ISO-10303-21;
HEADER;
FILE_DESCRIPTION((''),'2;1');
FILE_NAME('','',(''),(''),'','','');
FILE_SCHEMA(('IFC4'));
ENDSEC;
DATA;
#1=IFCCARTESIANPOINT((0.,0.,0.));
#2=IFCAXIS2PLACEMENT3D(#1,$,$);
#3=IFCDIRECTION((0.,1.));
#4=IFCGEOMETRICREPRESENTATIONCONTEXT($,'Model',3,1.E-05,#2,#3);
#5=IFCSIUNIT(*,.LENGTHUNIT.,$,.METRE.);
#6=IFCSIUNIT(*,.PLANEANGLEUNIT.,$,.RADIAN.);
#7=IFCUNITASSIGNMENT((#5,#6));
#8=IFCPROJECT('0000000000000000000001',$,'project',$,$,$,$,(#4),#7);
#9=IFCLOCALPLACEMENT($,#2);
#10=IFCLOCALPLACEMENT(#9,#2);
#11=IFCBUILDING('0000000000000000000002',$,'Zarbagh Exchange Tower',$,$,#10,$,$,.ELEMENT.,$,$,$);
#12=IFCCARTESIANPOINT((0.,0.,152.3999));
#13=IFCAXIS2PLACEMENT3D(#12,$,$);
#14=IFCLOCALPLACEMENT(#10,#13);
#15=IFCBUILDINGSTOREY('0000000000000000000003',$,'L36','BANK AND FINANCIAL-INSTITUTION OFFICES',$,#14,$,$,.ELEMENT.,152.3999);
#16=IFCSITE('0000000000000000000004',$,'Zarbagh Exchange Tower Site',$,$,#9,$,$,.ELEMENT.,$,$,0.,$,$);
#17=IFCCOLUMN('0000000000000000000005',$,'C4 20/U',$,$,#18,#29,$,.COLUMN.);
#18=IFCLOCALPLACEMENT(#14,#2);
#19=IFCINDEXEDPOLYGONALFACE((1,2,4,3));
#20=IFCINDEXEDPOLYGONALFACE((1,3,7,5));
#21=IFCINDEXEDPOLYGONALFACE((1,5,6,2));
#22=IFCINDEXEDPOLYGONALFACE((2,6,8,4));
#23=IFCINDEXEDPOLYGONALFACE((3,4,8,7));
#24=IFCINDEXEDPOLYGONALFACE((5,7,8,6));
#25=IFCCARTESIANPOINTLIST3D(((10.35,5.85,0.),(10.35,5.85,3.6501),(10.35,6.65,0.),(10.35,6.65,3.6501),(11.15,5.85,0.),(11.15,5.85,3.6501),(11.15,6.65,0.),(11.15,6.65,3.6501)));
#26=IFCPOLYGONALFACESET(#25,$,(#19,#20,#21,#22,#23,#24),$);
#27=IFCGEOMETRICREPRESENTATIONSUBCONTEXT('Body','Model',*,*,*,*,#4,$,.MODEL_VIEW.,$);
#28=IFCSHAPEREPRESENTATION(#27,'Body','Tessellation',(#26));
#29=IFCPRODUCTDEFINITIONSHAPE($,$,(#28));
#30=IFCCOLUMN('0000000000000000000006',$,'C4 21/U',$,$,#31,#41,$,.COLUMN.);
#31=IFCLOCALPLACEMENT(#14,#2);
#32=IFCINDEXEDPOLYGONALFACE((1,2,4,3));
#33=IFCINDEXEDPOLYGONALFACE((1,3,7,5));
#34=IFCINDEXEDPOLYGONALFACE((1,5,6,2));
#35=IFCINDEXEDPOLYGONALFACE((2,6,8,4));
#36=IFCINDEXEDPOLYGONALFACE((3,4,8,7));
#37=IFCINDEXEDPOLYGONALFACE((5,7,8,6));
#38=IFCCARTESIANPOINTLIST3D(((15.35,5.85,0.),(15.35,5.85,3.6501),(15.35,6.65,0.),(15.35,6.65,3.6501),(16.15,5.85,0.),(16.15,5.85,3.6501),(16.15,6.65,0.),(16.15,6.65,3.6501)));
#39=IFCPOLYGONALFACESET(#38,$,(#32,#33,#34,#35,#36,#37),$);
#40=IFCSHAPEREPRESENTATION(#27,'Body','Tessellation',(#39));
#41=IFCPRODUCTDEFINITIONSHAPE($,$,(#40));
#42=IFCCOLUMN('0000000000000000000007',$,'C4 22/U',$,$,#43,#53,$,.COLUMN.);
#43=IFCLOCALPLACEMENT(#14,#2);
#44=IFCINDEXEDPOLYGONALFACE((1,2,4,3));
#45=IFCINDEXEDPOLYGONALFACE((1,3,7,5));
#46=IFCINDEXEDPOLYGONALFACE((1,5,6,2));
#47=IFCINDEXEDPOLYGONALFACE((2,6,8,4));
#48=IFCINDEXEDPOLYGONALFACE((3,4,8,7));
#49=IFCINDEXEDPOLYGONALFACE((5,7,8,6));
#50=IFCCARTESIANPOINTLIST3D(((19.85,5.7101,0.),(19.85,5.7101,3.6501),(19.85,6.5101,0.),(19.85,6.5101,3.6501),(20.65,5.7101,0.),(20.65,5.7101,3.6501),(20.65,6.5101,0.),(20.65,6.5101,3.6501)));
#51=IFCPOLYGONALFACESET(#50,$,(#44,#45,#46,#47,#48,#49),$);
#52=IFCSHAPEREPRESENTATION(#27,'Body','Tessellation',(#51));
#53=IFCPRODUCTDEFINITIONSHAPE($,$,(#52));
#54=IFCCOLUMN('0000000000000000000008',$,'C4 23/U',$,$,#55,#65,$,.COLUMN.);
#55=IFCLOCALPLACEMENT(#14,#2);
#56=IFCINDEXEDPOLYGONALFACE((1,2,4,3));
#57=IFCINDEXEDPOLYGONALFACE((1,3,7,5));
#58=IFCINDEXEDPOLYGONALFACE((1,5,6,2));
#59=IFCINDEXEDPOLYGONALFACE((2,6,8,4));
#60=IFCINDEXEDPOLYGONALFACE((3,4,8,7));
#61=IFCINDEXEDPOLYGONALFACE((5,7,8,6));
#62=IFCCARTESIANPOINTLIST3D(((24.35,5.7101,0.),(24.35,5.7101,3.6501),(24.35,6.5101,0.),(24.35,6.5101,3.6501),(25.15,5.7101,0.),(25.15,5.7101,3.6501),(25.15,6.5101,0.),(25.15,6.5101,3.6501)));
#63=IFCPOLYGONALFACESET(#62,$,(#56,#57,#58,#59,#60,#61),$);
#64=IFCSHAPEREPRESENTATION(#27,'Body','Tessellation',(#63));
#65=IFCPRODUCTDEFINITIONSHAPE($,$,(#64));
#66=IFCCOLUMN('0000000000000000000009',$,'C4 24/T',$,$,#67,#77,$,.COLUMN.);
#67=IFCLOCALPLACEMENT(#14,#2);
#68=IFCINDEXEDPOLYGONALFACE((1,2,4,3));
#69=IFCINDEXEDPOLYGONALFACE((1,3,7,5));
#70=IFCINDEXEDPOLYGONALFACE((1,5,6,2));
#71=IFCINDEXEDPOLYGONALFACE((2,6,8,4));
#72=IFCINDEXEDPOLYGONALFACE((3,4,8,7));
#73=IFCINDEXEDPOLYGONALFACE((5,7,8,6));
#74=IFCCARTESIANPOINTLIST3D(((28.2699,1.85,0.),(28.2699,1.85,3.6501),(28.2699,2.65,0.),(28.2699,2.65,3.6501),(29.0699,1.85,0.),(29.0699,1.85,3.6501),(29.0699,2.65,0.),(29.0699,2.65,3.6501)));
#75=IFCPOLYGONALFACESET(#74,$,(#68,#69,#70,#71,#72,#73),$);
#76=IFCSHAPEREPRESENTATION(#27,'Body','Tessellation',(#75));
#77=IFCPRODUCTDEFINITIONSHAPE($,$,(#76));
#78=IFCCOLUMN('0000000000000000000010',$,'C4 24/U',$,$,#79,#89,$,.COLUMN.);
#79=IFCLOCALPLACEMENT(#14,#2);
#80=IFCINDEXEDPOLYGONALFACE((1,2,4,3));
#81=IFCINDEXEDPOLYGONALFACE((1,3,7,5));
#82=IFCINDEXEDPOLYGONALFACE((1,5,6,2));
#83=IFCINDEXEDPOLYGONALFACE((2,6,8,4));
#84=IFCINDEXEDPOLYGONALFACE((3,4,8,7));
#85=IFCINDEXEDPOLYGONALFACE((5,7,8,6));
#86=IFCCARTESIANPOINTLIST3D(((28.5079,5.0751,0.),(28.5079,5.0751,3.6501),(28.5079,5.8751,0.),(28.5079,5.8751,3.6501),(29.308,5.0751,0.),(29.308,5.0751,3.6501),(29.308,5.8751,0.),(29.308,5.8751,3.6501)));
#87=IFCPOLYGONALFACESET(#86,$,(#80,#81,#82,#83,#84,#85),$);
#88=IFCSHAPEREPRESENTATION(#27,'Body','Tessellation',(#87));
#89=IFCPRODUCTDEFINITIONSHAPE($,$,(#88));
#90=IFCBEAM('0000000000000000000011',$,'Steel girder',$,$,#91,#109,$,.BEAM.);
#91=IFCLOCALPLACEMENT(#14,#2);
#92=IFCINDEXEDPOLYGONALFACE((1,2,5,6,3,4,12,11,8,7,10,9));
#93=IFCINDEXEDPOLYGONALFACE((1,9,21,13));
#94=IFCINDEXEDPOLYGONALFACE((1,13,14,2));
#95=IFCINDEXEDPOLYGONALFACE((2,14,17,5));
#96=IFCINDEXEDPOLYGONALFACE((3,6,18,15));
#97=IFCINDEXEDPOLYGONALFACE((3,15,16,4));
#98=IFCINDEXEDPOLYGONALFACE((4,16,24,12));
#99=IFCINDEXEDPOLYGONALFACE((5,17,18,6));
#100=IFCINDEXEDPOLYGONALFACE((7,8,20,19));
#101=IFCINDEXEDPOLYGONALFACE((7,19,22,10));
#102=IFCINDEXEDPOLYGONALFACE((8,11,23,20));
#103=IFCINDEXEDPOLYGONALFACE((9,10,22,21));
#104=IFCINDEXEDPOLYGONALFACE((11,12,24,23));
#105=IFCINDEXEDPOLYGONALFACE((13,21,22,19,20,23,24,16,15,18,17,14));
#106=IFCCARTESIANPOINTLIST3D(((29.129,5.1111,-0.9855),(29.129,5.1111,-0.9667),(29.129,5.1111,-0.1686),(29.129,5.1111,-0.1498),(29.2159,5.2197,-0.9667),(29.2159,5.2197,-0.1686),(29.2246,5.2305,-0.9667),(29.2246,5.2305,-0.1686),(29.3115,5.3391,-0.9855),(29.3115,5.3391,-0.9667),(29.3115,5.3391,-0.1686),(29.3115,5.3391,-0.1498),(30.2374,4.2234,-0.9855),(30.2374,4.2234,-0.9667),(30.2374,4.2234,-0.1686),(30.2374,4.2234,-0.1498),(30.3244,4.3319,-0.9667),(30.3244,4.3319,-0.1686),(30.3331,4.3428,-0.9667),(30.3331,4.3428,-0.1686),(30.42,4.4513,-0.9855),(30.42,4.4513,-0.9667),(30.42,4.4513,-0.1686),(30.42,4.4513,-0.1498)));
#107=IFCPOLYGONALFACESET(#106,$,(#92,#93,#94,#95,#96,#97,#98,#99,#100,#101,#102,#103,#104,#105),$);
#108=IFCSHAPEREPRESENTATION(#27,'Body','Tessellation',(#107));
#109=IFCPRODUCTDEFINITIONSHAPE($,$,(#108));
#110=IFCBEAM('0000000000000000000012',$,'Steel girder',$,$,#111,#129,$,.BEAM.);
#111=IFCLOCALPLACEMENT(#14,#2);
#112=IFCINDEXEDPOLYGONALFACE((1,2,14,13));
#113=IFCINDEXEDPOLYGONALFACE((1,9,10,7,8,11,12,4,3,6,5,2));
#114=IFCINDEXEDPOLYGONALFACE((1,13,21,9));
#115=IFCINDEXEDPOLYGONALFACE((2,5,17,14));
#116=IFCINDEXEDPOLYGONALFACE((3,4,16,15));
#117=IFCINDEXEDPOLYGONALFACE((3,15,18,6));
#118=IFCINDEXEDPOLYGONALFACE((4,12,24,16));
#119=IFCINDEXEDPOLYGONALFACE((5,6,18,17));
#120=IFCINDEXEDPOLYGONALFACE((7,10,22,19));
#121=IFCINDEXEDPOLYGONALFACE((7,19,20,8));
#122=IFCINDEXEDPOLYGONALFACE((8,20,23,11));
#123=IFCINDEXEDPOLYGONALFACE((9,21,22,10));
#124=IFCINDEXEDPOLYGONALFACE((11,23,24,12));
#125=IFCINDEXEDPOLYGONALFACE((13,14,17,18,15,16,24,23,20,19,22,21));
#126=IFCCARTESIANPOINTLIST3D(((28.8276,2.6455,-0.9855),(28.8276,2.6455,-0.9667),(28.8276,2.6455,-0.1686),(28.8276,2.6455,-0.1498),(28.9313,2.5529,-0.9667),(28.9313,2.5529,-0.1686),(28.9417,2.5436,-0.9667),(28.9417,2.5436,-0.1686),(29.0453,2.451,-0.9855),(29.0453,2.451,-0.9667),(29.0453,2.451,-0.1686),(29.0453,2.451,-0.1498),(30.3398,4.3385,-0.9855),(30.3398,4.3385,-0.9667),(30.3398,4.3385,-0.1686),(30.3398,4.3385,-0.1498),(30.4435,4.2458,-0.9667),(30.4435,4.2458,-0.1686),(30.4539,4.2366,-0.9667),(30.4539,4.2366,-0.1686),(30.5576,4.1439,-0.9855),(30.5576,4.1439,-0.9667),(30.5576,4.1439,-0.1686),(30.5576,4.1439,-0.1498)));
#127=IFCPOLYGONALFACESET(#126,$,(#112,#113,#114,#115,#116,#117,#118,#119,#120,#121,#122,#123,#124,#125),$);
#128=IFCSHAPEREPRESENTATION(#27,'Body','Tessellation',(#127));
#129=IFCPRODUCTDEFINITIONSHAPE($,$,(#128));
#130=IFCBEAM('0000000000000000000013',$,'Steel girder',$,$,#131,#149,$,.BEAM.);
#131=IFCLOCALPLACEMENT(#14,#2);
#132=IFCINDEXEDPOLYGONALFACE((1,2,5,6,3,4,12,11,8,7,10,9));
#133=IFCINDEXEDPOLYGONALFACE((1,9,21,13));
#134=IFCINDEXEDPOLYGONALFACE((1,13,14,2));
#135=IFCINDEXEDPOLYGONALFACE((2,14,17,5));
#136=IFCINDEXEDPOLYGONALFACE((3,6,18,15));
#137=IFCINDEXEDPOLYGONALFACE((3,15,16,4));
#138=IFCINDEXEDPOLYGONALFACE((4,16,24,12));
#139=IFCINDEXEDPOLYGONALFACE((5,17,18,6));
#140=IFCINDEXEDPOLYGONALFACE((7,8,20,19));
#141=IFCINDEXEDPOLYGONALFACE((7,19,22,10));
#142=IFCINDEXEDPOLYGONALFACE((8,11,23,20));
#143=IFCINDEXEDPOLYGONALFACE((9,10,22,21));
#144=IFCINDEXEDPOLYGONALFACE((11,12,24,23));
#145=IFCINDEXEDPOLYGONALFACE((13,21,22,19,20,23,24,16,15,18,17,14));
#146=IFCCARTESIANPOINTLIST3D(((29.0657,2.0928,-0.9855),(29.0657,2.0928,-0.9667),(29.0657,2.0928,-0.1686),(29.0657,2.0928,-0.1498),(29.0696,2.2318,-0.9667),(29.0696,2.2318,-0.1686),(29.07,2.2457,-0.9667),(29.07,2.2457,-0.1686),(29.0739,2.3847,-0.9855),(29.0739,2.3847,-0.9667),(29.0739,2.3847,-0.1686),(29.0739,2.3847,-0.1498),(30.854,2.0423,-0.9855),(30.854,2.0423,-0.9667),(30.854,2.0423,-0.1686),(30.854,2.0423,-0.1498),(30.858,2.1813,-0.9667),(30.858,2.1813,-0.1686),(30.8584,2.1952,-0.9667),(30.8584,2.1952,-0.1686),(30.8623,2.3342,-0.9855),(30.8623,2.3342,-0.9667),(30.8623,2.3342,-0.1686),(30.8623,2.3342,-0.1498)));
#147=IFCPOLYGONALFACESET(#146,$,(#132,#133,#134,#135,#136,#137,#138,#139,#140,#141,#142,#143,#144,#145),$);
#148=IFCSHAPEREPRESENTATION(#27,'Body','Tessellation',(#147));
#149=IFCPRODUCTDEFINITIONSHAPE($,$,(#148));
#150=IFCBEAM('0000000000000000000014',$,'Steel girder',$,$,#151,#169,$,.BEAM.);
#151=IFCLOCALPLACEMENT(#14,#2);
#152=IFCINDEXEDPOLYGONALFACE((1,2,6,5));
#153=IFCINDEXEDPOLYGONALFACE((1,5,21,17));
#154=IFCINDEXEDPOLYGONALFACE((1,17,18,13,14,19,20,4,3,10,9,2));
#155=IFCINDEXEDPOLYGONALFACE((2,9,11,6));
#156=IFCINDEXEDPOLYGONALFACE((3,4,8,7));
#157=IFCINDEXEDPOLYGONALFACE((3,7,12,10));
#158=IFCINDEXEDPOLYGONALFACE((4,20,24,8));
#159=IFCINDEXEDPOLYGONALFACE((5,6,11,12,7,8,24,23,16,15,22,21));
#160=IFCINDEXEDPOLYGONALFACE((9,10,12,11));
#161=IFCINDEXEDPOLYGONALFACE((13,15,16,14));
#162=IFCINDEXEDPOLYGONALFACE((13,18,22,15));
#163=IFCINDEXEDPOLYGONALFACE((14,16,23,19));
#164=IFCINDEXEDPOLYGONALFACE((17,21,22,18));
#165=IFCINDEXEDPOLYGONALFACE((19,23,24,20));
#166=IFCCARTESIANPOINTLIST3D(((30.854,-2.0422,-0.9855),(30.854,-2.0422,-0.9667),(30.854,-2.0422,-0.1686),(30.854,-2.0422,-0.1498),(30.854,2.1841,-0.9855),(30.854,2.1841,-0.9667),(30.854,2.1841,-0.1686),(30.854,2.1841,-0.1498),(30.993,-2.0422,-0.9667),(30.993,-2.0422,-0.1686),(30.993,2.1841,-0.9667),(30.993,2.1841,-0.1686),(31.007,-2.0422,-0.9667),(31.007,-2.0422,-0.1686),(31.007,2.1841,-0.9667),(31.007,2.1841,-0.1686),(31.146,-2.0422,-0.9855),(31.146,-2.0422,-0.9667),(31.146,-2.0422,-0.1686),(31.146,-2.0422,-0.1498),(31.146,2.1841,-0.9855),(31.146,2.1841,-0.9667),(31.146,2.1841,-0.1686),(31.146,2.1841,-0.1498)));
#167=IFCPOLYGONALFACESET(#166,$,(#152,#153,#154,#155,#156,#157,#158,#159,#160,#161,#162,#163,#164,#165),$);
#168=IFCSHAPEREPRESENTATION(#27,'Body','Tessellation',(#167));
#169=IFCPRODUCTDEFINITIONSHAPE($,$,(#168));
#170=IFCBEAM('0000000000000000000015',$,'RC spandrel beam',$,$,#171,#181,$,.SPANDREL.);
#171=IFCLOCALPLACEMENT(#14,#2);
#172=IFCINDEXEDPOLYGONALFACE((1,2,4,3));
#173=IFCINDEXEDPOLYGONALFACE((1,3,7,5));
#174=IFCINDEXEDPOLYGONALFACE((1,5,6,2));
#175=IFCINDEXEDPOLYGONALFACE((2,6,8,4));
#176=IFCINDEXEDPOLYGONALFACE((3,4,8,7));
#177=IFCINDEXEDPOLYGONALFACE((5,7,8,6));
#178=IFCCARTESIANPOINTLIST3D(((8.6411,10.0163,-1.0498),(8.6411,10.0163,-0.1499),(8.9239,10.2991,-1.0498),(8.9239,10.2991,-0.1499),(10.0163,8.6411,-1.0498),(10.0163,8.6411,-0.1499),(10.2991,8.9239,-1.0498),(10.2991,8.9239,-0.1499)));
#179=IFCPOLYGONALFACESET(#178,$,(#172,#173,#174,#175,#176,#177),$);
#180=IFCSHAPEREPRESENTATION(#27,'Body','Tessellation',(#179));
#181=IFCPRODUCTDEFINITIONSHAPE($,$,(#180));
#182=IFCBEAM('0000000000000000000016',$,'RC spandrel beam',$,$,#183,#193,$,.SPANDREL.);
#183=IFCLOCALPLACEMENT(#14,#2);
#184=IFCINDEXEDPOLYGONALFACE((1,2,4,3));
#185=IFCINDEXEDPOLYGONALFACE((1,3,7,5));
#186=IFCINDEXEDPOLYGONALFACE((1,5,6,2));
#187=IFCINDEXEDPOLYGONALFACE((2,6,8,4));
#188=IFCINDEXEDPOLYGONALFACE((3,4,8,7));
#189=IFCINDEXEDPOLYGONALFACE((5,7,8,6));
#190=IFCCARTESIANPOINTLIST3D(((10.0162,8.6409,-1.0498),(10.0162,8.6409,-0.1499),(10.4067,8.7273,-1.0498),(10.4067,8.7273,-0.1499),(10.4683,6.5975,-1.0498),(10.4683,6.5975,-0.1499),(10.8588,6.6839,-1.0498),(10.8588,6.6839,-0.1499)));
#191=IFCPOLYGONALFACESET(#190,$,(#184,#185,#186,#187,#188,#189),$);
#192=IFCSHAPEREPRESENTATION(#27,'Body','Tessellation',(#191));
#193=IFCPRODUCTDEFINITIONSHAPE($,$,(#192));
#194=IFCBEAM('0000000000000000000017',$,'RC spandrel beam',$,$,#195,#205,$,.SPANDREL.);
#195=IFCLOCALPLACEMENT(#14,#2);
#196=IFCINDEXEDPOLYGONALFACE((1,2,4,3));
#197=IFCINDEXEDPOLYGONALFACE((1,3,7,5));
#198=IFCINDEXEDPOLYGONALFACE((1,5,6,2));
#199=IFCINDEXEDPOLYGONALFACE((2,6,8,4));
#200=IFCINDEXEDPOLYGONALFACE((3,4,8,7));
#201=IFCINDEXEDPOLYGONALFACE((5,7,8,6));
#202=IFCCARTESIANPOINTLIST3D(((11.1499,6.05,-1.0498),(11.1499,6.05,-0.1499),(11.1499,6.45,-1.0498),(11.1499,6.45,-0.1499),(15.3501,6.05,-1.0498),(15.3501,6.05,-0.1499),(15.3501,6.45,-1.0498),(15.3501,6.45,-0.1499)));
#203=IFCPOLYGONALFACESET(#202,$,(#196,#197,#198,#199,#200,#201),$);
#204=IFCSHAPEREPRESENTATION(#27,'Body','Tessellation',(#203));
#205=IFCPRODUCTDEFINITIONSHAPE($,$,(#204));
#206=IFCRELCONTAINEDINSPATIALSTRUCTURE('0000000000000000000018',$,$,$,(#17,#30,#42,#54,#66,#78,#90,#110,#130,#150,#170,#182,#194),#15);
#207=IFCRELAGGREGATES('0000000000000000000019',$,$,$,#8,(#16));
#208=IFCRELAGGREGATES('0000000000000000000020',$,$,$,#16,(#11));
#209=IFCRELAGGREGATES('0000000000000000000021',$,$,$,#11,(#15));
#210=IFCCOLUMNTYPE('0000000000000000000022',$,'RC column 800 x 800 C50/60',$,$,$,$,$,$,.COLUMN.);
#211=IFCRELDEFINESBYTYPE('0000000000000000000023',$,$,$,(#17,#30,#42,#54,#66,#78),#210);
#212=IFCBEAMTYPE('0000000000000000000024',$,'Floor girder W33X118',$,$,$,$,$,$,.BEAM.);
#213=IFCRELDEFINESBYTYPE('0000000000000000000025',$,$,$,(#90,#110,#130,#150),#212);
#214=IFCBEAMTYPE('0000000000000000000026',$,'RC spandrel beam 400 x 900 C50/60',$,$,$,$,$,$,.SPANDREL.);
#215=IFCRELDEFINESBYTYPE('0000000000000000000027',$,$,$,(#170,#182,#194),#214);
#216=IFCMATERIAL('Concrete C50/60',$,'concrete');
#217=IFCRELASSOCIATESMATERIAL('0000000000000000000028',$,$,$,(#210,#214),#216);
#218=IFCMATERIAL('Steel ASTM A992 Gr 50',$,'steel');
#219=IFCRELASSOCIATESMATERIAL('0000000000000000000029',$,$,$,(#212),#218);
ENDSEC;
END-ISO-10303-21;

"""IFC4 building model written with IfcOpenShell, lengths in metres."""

from ifc_helpers import new_model, si_unit, direction, frame, origin, origin_2d, place, context, subcontext, project, spatial, rectangle, i_section, extrude, material, material_profile, profile_set, type_object, element, save


model = new_model("IFC4")

# Units and contexts
model_context = context("Model", 3, precision=1e-05, world=origin(), true_north=direction((0.0, 1.0)))
body_context = subcontext(model_context, "Body", "Model", "MODEL_VIEW")
ifc_project = project(units=[si_unit("LENGTHUNIT", "METRE"), si_unit("PLANEANGLEUNIT", "RADIAN")], contexts=[model_context])

# Site, building, storey
site_placement = place(None, origin())
site = spatial("IfcSite", under=ifc_project, at=site_placement, Name="Zarbagh Exchange Tower Site", CompositionType="ELEMENT", RefElevation=0.0)
building_placement = place(site_placement, origin())
building = spatial("IfcBuilding", under=site, at=building_placement, Name="Zarbagh Exchange Tower", CompositionType="ELEMENT")
storey_placement = place(building_placement, frame((0.0, 0.0, 152.3999)))
storey = spatial("IfcBuildingStorey", under=building, at=storey_placement, Name="L36", Description="BANK AND FINANCIAL-INSTITUTION OFFICES", CompositionType="ELEMENT", Elevation=152.3999)

# Columns
ifc_material_1 = material(Name="Concrete C50/60", Category="concrete")
ifc_material_profile_1 = material_profile(ifc_material_1, rectangle(XDim=0.8, YDim=0.8, at=origin_2d()), Name="RC column 800 x 800 C50/60")
ifc_profile_set_1 = profile_set([ifc_material_profile_1], Name="Concrete C50/60")
column_type = type_object("IfcColumnType", Name="RC column 800 x 800 C50/60", PredefinedType="COLUMN", material=ifc_profile_set_1)
for number, where, z_axis, x_axis, name in (
    (1, (10.75, 6.25, 0.0), (0.0, 0.0, 1.0), (1.0, 0.0, 0.0), "C4 20/U"),
    (2, (15.75, 6.25, 0.0), (0.0, 0.0, 1.0), (1.0, 0.0, 0.0), "C4 21/U"),
    (3, (20.25, 6.1101, 0.0), (0.0, 0.0, 1.0), (1.0, 0.0, 0.0), "C4 22/U"),
    (4, (24.75, 6.1101, 0.0), (0.0, 0.0, 1.0), (1.0, 0.0, 0.0), "C4 23/U"),
    (5, (28.6699, 2.25, 0.0), (0.0, 0.0, 1.0), (1.0, 0.0, 0.0), "C4 24/T"),
    (6, (28.908, 5.4751, 0.0), (0.0, 0.0, 1.0), (1.0, 0.0, 0.0), "C4 24/U"),
):
    element("IfcColumn", number, at=place(storey_placement, frame(where, z_axis=z_axis, x_axis=x_axis)), inside=storey, type_object=column_type, Name=name, PredefinedType="COLUMN", context=body_context, shape_type="SweptSolid", body=[
        extrude(rectangle(XDim=0.8, YDim=0.8, at=origin_2d()), origin(), (0.0, 0.0, 1.0), 3.6501),
    ])

# Beams
ifc_material_2 = material(Name="Steel ASTM A992 Gr 50", Category="steel")
ifc_material_profile_2 = material_profile(ifc_material_2, i_section(OverallWidth=0.292, OverallDepth=0.8357, WebThickness=0.0139, FlangeThickness=0.0188, at=origin_2d()), Name="W33X118")
ifc_profile_set_2 = profile_set([ifc_material_profile_2], Name="Steel ASTM A992 Gr 50")
beam_type_1 = type_object("IfcBeamType", Name="Floor girder W33X118", PredefinedType="BEAM", material=ifc_profile_set_2)
beam_1_placement = place(storey_placement, frame((29.2202, 5.2251, -0.5676), z_axis=(0.780533, -0.625114, 0.0), x_axis=(0.625114, 0.780533, 0.0)))
element("IfcBeam", 7, at=beam_1_placement, inside=storey, type_object=beam_type_1, Name="Steel girder", PredefinedType="BEAM", context=body_context, shape_type="SweptSolid", body=[
    extrude(i_section(OverallWidth=0.292, OverallDepth=0.8357, WebThickness=0.0139, FlangeThickness=0.0188, at=origin_2d()), origin(), (0.0, 0.0, 1.0), 1.4202),
])
beam_2_placement = place(storey_placement, frame((30.4487, 4.2412, -0.5676), z_axis=(-0.666191, -0.745781, 0.0), x_axis=(0.745781, -0.666191, 0.0)))
element("IfcBeam", 8, at=beam_2_placement, inside=storey, type_object=beam_type_1, Name="Steel girder", PredefinedType="BEAM", context=body_context, shape_type="SweptSolid", body=[
    extrude(i_section(OverallWidth=0.292, OverallDepth=0.8357, WebThickness=0.0139, FlangeThickness=0.0188, at=origin_2d()), origin(), (0.0, 0.0, 1.0), 2.27),
])
beam_3_placement = place(storey_placement, frame((29.0698, 2.2388, -0.5676), z_axis=(0.999601, -0.028248, 0.0), x_axis=(0.028248, 0.999601, 0.0)))
element("IfcBeam", 9, at=beam_3_placement, inside=storey, type_object=beam_type_1, Name="Steel girder", PredefinedType="BEAM", context=body_context, shape_type="SweptSolid", body=[
    extrude(i_section(OverallWidth=0.292, OverallDepth=0.8357, WebThickness=0.0139, FlangeThickness=0.0188, at=origin_2d()), origin(), (0.0, 0.0, 1.0), 1.7891),
])
beam_4_placement = place(storey_placement, frame((31.0, 2.1841, -0.5676), z_axis=(0.0, -1.0, 0.0), x_axis=(1.0, 0.0, 0.0)))
element("IfcBeam", 10, at=beam_4_placement, inside=storey, type_object=beam_type_1, Name="Steel girder", PredefinedType="BEAM", context=body_context, shape_type="SweptSolid", body=[
    extrude(i_section(OverallWidth=0.292, OverallDepth=0.8357, WebThickness=0.0139, FlangeThickness=0.0188, at=origin_2d()), origin(), (0.0, 0.0, 1.0), 4.2263),
])
ifc_material_profile_3 = material_profile(ifc_material_1, rectangle(XDim=0.3999, YDim=0.8999, at=origin_2d()), Name="RC spandrel beam 400 x 900 C50/60")
ifc_profile_set_3 = profile_set([ifc_material_profile_3], Name="Concrete C50/60")
beam_type_2 = type_object("IfcBeamType", Name="RC spandrel beam 400 x 900 C50/60", PredefinedType="SPANDREL", material=ifc_profile_set_3)
beam_5_placement = place(storey_placement, frame((8.7825, 10.1577, -0.5999), z_axis=(0.707107, -0.707107, 0.0), x_axis=(0.707107, 0.707107, 0.0)))
element("IfcBeam", 11, at=beam_5_placement, inside=storey, type_object=beam_type_2, Name="RC spandrel beam", PredefinedType="SPANDREL", context=body_context, shape_type="SweptSolid", body=[
    extrude(rectangle(XDim=0.3999, YDim=0.8999, at=origin_2d()), origin(), (0.0, 0.0, 1.0), 1.9448),
])
beam_6_placement = place(storey_placement, frame((10.2114, 8.6841, -0.5999), z_axis=(0.216041, -0.976384, 0.0), x_axis=(0.976384, 0.216041, 0.0)))
element("IfcBeam", 12, at=beam_6_placement, inside=storey, type_object=beam_type_2, Name="RC spandrel beam", PredefinedType="SPANDREL", context=body_context, shape_type="SweptSolid", body=[
    extrude(rectangle(XDim=0.3999, YDim=0.8999, at=origin_2d()), origin(), (0.0, 0.0, 1.0), 2.0928),
])
beam_7_placement = place(storey_placement, frame((11.1499, 6.25, -0.5999), z_axis=(1.0, 0.0, 0.0), x_axis=(0.0, 1.0, 0.0)))
element("IfcBeam", 13, at=beam_7_placement, inside=storey, type_object=beam_type_2, Name="RC spandrel beam", PredefinedType="SPANDREL", context=body_context, shape_type="SweptSolid", body=[
    extrude(rectangle(XDim=0.3999, YDim=0.8999, at=origin_2d()), origin(), (0.0, 0.0, 1.0), 4.2002),
])

save(model, "model.ifc")
